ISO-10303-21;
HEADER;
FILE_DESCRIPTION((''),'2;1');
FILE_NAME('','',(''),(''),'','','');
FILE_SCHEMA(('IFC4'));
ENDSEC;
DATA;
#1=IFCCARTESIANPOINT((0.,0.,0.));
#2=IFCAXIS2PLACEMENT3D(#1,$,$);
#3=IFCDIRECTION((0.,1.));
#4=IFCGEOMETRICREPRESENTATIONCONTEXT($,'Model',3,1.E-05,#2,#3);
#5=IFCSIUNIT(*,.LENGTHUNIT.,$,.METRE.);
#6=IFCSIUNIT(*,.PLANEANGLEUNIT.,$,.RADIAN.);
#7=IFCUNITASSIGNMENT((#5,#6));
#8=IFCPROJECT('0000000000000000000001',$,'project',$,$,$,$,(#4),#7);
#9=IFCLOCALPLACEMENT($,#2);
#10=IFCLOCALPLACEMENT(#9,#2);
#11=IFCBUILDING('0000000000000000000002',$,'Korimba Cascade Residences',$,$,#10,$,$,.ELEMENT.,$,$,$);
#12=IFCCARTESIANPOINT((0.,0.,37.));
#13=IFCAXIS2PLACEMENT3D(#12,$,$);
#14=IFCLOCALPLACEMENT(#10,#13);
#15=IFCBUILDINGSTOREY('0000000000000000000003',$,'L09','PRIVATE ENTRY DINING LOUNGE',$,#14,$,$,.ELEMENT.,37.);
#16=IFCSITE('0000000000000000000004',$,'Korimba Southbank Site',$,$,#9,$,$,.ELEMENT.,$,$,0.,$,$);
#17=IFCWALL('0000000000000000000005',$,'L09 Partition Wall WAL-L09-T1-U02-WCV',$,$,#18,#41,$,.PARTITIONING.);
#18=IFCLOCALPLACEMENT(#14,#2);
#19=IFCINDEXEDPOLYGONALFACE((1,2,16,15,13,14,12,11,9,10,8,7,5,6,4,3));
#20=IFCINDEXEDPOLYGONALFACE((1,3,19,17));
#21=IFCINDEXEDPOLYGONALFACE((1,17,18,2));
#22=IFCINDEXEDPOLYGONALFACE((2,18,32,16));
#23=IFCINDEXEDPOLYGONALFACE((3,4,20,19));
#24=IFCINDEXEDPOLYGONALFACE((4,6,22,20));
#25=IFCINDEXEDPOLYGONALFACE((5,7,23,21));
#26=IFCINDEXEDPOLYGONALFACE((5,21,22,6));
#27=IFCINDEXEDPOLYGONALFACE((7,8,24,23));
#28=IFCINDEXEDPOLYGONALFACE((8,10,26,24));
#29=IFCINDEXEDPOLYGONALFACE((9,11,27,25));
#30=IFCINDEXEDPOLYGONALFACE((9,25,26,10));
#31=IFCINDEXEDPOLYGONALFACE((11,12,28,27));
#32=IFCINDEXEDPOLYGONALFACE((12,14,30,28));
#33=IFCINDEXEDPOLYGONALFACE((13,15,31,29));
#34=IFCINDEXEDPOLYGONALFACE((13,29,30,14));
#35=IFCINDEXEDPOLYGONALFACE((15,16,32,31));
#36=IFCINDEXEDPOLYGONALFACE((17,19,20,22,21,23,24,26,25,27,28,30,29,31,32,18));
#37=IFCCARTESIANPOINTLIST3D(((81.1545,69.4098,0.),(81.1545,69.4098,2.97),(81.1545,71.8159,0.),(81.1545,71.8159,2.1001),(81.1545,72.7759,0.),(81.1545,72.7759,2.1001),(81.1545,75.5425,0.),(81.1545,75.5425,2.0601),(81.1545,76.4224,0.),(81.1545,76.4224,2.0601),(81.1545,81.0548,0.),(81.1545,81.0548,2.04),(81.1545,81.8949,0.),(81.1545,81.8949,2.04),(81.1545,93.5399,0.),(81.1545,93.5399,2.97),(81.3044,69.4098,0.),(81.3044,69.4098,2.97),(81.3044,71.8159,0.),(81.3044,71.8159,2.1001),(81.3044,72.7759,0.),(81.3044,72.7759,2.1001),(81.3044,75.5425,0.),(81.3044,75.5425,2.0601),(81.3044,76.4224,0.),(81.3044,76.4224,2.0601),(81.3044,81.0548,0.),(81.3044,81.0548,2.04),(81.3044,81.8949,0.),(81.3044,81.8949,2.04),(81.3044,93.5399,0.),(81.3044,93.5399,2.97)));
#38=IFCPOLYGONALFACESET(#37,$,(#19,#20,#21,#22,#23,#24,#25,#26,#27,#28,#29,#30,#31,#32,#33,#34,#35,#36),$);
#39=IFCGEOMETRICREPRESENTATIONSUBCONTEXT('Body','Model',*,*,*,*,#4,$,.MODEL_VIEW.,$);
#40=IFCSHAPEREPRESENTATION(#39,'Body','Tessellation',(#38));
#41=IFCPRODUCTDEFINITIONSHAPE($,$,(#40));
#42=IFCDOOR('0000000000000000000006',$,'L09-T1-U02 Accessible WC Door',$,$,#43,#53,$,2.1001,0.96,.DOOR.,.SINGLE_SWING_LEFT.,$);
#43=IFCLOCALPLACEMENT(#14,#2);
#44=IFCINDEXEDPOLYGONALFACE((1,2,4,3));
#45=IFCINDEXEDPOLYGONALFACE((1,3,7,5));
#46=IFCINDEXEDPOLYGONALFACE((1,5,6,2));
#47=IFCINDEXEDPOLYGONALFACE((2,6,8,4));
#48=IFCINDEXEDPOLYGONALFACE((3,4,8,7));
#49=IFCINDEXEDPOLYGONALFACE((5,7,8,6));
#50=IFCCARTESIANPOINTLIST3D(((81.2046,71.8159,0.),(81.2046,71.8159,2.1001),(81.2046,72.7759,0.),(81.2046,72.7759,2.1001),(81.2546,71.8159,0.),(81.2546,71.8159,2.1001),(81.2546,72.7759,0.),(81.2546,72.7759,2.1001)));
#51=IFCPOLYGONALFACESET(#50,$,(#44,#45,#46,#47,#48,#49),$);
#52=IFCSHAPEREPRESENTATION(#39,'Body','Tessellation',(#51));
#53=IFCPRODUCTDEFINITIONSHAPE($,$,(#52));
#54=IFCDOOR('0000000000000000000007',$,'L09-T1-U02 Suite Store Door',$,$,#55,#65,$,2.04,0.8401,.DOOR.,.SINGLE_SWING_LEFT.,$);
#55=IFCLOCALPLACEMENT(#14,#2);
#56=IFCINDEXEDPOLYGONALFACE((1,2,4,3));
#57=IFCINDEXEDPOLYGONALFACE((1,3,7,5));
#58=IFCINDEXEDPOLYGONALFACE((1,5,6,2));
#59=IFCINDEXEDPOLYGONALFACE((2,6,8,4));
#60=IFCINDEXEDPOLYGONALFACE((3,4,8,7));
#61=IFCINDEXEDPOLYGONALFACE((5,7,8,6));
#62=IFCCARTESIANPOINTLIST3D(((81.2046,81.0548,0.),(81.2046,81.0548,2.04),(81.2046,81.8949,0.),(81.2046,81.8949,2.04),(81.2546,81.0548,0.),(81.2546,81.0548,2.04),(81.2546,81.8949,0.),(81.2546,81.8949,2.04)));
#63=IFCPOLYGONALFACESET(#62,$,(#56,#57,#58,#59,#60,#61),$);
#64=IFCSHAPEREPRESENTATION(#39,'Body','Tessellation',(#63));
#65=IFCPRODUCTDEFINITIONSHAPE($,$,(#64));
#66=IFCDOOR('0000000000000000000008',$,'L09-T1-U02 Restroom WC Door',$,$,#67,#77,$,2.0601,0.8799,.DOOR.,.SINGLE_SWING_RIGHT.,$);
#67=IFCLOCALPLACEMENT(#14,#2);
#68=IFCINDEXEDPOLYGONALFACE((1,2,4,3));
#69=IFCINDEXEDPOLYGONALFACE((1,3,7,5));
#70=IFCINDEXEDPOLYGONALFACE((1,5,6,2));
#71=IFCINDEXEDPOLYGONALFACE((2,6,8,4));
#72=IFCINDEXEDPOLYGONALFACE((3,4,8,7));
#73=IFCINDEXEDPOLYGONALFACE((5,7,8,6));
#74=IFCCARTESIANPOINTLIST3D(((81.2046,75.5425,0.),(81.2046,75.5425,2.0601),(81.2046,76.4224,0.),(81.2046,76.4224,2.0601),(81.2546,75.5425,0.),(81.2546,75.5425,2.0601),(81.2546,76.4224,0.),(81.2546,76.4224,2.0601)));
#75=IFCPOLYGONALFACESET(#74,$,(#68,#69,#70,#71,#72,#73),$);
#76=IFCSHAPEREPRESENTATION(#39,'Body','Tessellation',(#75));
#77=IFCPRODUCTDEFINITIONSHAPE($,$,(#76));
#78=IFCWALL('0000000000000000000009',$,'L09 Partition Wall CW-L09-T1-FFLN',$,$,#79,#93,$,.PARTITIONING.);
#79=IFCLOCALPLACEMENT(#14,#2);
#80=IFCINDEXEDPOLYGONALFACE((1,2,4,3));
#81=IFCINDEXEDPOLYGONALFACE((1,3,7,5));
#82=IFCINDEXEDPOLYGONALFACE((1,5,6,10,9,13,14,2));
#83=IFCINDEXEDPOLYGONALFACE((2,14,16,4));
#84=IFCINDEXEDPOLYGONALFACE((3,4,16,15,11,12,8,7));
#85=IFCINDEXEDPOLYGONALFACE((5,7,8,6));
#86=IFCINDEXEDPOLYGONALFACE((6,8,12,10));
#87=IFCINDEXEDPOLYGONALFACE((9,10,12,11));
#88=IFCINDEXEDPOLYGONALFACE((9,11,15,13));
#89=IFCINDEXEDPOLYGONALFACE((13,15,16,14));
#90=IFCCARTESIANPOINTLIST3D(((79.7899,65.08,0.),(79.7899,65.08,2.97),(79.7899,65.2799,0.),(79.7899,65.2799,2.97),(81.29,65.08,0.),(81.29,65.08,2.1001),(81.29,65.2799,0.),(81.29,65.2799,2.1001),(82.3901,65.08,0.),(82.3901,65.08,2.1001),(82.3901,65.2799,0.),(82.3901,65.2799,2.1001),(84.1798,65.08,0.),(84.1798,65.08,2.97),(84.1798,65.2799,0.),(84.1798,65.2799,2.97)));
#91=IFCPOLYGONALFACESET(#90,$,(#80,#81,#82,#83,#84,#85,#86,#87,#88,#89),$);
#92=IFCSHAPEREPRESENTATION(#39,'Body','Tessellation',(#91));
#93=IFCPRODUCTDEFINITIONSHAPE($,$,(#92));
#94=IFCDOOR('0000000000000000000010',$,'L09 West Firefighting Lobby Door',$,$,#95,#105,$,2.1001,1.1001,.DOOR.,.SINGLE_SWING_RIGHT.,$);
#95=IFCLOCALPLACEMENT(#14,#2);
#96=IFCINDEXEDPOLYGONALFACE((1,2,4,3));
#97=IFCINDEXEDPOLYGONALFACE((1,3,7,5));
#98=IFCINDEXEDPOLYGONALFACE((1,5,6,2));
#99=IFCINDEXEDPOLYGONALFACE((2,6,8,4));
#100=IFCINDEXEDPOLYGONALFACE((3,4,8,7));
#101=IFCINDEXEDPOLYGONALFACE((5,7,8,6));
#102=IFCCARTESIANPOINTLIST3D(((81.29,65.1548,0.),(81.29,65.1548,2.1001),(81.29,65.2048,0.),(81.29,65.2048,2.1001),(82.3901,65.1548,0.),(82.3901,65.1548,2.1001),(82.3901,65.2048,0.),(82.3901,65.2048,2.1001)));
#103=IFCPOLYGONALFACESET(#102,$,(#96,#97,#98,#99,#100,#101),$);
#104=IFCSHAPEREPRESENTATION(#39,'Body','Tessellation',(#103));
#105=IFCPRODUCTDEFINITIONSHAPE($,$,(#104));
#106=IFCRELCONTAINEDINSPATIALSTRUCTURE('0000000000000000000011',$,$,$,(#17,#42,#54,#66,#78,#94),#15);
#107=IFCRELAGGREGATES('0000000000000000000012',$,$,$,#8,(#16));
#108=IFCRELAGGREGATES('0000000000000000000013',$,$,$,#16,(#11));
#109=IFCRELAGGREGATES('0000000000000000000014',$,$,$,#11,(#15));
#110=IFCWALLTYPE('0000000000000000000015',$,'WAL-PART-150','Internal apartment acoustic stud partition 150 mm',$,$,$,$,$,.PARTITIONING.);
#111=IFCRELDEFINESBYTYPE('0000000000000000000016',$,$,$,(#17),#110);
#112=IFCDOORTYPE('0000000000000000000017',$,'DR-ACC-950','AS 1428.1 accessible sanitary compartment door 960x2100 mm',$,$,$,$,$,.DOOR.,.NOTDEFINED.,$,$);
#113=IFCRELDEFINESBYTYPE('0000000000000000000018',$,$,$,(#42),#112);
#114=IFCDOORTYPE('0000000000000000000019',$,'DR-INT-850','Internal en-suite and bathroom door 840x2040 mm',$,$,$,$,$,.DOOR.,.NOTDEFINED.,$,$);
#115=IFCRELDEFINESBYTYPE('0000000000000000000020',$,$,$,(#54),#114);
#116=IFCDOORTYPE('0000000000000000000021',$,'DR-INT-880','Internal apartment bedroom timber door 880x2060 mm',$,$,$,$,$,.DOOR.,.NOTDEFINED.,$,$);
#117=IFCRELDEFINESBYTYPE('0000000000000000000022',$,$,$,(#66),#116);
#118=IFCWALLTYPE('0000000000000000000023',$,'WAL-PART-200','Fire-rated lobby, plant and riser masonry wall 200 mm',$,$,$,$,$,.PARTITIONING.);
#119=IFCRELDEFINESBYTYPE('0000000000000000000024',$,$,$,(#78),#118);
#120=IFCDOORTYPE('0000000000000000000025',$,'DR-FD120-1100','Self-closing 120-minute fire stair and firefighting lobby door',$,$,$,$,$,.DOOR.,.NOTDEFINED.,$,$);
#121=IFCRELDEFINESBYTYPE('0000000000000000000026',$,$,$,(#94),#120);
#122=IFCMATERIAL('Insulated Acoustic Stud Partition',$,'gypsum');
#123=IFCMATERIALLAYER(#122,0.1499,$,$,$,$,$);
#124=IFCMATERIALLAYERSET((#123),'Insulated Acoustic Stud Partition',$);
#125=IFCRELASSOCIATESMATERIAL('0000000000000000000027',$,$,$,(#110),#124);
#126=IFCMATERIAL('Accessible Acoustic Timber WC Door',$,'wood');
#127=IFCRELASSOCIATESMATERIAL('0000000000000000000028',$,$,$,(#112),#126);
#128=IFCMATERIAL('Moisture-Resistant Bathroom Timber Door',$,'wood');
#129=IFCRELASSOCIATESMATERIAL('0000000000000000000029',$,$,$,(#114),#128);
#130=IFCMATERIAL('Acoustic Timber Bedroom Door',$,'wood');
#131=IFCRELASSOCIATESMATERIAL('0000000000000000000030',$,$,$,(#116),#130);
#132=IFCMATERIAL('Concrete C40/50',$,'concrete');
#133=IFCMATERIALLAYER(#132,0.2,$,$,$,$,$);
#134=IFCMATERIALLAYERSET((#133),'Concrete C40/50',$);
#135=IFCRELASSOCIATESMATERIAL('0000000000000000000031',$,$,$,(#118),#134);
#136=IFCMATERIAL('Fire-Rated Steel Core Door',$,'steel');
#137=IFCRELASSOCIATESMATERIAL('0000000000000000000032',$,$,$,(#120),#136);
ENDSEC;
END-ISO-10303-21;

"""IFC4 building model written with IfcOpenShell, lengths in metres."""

from ifc_helpers import new_model, si_unit, direction, frame, frame_2d, origin, place, context, subcontext, project, spatial, rectangle, extrude, material, layer, layer_set, type_object, element, fill, save


model = new_model("IFC4")

# Units and contexts
model_context = context("Model", 3, precision=1e-05, world=origin(), true_north=direction((0.0, 1.0)))
body_context = subcontext(model_context, "Body", "Model", "MODEL_VIEW")
ifc_project = project(units=[si_unit("LENGTHUNIT", "METRE"), si_unit("PLANEANGLEUNIT", "RADIAN")], contexts=[model_context])

# Site, building, storey
site_placement = place(None, origin())
site = spatial("IfcSite", under=ifc_project, at=site_placement, Name="Korimba Southbank Site", CompositionType="ELEMENT", RefElevation=0.0)
building_placement = place(site_placement, origin())
building = spatial("IfcBuilding", under=site, at=building_placement, Name="Korimba Cascade Residences", CompositionType="ELEMENT")
storey_placement = place(building_placement, frame((0.0, 0.0, 37.0)))
storey = spatial("IfcBuildingStorey", under=building, at=storey_placement, Name="L09", Description="PRIVATE ENTRY DINING LOUNGE", CompositionType="ELEMENT", Elevation=37.0)

# Wall, openings, doors
ifc_material_1 = material(Name="Insulated Acoustic Stud Partition", Category="gypsum")
ifc_layer_1 = layer(ifc_material_1, 0.1499)
ifc_layer_set_1 = layer_set([ifc_layer_1], Name="Insulated Acoustic Stud Partition")
wall_type_1 = type_object("IfcWallType", Name="WAL-PART-150", Description="Internal apartment acoustic stud partition 150 mm", PredefinedType="PARTITIONING", material=ifc_layer_set_1)
wall_1_placement = place(storey_placement, frame((81.2295, 69.4099, 0.0), z_axis=(0.0, 0.0, 1.0), x_axis=(0.0, 1.0, 0.0)))
wall_1 = element("IfcWall", 1, at=wall_1_placement, inside=storey, type_object=wall_type_1, Name="L09 Partition Wall WAL-L09-T1-U02-WCV", PredefinedType="PARTITIONING", context=body_context, shape_type="SweptSolid", body=[
    extrude(rectangle(XDim=24.1301, YDim=0.1499, at=frame_2d((12.0649, 0.0))), origin(), (0.0, 0.0, 1.0), 2.97),
])
opening_1_placement = place(wall_1_placement, frame((2.406, 0.0, 0.0)))
opening_1 = element("IfcOpeningElement", 2, at=opening_1_placement, cuts=wall_1, PredefinedType="OPENING", context=body_context, shape_type="SweptSolid", body=[
    extrude(rectangle(XDim=0.96, YDim=2.1001, at=frame_2d((0.48, 1.05))), frame((0.0, 0.085, 0.0), z_axis=(0.0, -1.0, 0.0), x_axis=(1.0, 0.0, 0.0)), (0.0, 0.0, 1.0), 0.1699),
])
opening_2_placement = place(wall_1_placement, frame((6.1326, 0.0, 0.0)))
opening_2 = element("IfcOpeningElement", 3, at=opening_2_placement, cuts=wall_1, PredefinedType="OPENING", context=body_context, shape_type="SweptSolid", body=[
    extrude(rectangle(XDim=0.8799, YDim=2.0601, at=frame_2d((0.4399, 1.03))), frame((0.0, 0.085, 0.0), z_axis=(0.0, -1.0, 0.0), x_axis=(1.0, 0.0, 0.0)), (0.0, 0.0, 1.0), 0.1699),
])
opening_3_placement = place(wall_1_placement, frame((11.645, 0.0, 0.0)))
opening_3 = element("IfcOpeningElement", 4, at=opening_3_placement, cuts=wall_1, PredefinedType="OPENING", context=body_context, shape_type="SweptSolid", body=[
    extrude(rectangle(XDim=0.8401, YDim=2.04, at=frame_2d((0.4199, 1.02))), frame((0.0, 0.085, 0.0), z_axis=(0.0, -1.0, 0.0), x_axis=(1.0, 0.0, 0.0)), (0.0, 0.0, 1.0), 0.1699),
])
ifc_material_2 = material(Name="Accessible Acoustic Timber WC Door", Category="wood")
door_type_1 = type_object("IfcDoorType", Name="DR-ACC-950", Description="AS 1428.1 accessible sanitary compartment door 960x2100 mm", OperationType="NOTDEFINED", PredefinedType="DOOR", material=ifc_material_2)
door_1_placement = place(opening_1_placement, origin())
door_1 = element("IfcDoor", 5, at=door_1_placement, inside=storey, type_object=door_type_1, Name="L09-T1-U02 Accessible WC Door", OperationType="SINGLE_SWING_LEFT", OverallHeight=2.1001, OverallWidth=0.96, PredefinedType="DOOR", context=body_context, shape_type="SweptSolid", body=[
    extrude(rectangle(XDim=0.96, YDim=2.1001, at=frame_2d((0.48, 1.05))), frame((0.0, 0.0249, 0.0), z_axis=(0.0, -1.0, 0.0), x_axis=(1.0, 0.0, 0.0)), (0.0, 0.0, 1.0), 0.05),
])
fill(opening_1, door_1)
ifc_material_3 = material(Name="Moisture-Resistant Bathroom Timber Door", Category="wood")
door_type_2 = type_object("IfcDoorType", Name="DR-INT-850", Description="Internal en-suite and bathroom door 840x2040 mm", OperationType="NOTDEFINED", PredefinedType="DOOR", material=ifc_material_3)
door_2_placement = place(opening_3_placement, origin())
door_2 = element("IfcDoor", 6, at=door_2_placement, inside=storey, type_object=door_type_2, Name="L09-T1-U02 Suite Store Door", OperationType="SINGLE_SWING_LEFT", OverallHeight=2.04, OverallWidth=0.8401, PredefinedType="DOOR", context=body_context, shape_type="SweptSolid", body=[
    extrude(rectangle(XDim=0.8401, YDim=2.04, at=frame_2d((0.4199, 1.02))), frame((0.0, 0.0249, 0.0), z_axis=(0.0, -1.0, 0.0), x_axis=(1.0, 0.0, 0.0)), (0.0, 0.0, 1.0), 0.05),
])
fill(opening_3, door_2)
ifc_material_4 = material(Name="Acoustic Timber Bedroom Door", Category="wood")
door_type_3 = type_object("IfcDoorType", Name="DR-INT-880", Description="Internal apartment bedroom timber door 880x2060 mm", OperationType="NOTDEFINED", PredefinedType="DOOR", material=ifc_material_4)
door_3_placement = place(opening_2_placement, origin())
door_3 = element("IfcDoor", 7, at=door_3_placement, inside=storey, type_object=door_type_3, Name="L09-T1-U02 Restroom WC Door", OperationType="SINGLE_SWING_RIGHT", OverallHeight=2.0601, OverallWidth=0.8799, PredefinedType="DOOR", context=body_context, shape_type="SweptSolid", body=[
    extrude(rectangle(XDim=0.8799, YDim=2.0601, at=frame_2d((0.4399, 1.03))), frame((0.0, 0.0249, 0.0), z_axis=(0.0, -1.0, 0.0), x_axis=(1.0, 0.0, 0.0)), (0.0, 0.0, 1.0), 0.05),
])
fill(opening_2, door_3)

# Wall, opening, door
ifc_material_5 = material(Name="Concrete C40/50", Category="concrete")
ifc_layer_2 = layer(ifc_material_5, 0.2)
ifc_layer_set_2 = layer_set([ifc_layer_2], Name="Concrete C40/50")
wall_type_2 = type_object("IfcWallType", Name="WAL-PART-200", Description="Fire-rated lobby, plant and riser masonry wall 200 mm", PredefinedType="PARTITIONING", material=ifc_layer_set_2)
wall_2_placement = place(storey_placement, frame((79.79, 65.1799, 0.0), z_axis=(0.0, 0.0, 1.0), x_axis=(1.0, 0.0, 0.0)))
wall_2 = element("IfcWall", 8, at=wall_2_placement, inside=storey, type_object=wall_type_2, Name="L09 Partition Wall CW-L09-T1-FFLN", PredefinedType="PARTITIONING", context=body_context, shape_type="SweptSolid", body=[
    extrude(rectangle(XDim=4.3899, YDim=0.2, at=frame_2d((2.1948, 0.0))), origin(), (0.0, 0.0, 1.0), 2.97),
])
opening_4_placement = place(wall_2_placement, frame((1.5, 0.0, 0.0)))
opening_4 = element("IfcOpeningElement", 9, at=opening_4_placement, cuts=wall_2, PredefinedType="OPENING", context=body_context, shape_type="SweptSolid", body=[
    extrude(rectangle(XDim=1.1001, YDim=2.1001, at=frame_2d((0.55, 1.05))), frame((0.0, 0.1099, 0.0), z_axis=(0.0, -1.0, 0.0), x_axis=(1.0, 0.0, 0.0)), (0.0, 0.0, 1.0), 0.22),
])
ifc_material_6 = material(Name="Fire-Rated Steel Core Door", Category="steel")
door_type_4 = type_object("IfcDoorType", Name="DR-FD120-1100", Description="Self-closing 120-minute fire stair and firefighting lobby door", OperationType="NOTDEFINED", PredefinedType="DOOR", material=ifc_material_6)
door_4_placement = place(opening_4_placement, origin())
door_4 = element("IfcDoor", 10, at=door_4_placement, inside=storey, type_object=door_type_4, Name="L09 West Firefighting Lobby Door", OperationType="SINGLE_SWING_RIGHT", OverallHeight=2.1001, OverallWidth=1.1001, PredefinedType="DOOR", context=body_context, shape_type="SweptSolid", body=[
    extrude(rectangle(XDim=1.1001, YDim=2.1001, at=frame_2d((0.55, 1.05))), frame((0.0, 0.0249, 0.0), z_axis=(0.0, -1.0, 0.0), x_axis=(1.0, 0.0, 0.0)), (0.0, 0.0, 1.0), 0.05),
])
fill(opening_4, door_4)

save(model, "model.ifc")
